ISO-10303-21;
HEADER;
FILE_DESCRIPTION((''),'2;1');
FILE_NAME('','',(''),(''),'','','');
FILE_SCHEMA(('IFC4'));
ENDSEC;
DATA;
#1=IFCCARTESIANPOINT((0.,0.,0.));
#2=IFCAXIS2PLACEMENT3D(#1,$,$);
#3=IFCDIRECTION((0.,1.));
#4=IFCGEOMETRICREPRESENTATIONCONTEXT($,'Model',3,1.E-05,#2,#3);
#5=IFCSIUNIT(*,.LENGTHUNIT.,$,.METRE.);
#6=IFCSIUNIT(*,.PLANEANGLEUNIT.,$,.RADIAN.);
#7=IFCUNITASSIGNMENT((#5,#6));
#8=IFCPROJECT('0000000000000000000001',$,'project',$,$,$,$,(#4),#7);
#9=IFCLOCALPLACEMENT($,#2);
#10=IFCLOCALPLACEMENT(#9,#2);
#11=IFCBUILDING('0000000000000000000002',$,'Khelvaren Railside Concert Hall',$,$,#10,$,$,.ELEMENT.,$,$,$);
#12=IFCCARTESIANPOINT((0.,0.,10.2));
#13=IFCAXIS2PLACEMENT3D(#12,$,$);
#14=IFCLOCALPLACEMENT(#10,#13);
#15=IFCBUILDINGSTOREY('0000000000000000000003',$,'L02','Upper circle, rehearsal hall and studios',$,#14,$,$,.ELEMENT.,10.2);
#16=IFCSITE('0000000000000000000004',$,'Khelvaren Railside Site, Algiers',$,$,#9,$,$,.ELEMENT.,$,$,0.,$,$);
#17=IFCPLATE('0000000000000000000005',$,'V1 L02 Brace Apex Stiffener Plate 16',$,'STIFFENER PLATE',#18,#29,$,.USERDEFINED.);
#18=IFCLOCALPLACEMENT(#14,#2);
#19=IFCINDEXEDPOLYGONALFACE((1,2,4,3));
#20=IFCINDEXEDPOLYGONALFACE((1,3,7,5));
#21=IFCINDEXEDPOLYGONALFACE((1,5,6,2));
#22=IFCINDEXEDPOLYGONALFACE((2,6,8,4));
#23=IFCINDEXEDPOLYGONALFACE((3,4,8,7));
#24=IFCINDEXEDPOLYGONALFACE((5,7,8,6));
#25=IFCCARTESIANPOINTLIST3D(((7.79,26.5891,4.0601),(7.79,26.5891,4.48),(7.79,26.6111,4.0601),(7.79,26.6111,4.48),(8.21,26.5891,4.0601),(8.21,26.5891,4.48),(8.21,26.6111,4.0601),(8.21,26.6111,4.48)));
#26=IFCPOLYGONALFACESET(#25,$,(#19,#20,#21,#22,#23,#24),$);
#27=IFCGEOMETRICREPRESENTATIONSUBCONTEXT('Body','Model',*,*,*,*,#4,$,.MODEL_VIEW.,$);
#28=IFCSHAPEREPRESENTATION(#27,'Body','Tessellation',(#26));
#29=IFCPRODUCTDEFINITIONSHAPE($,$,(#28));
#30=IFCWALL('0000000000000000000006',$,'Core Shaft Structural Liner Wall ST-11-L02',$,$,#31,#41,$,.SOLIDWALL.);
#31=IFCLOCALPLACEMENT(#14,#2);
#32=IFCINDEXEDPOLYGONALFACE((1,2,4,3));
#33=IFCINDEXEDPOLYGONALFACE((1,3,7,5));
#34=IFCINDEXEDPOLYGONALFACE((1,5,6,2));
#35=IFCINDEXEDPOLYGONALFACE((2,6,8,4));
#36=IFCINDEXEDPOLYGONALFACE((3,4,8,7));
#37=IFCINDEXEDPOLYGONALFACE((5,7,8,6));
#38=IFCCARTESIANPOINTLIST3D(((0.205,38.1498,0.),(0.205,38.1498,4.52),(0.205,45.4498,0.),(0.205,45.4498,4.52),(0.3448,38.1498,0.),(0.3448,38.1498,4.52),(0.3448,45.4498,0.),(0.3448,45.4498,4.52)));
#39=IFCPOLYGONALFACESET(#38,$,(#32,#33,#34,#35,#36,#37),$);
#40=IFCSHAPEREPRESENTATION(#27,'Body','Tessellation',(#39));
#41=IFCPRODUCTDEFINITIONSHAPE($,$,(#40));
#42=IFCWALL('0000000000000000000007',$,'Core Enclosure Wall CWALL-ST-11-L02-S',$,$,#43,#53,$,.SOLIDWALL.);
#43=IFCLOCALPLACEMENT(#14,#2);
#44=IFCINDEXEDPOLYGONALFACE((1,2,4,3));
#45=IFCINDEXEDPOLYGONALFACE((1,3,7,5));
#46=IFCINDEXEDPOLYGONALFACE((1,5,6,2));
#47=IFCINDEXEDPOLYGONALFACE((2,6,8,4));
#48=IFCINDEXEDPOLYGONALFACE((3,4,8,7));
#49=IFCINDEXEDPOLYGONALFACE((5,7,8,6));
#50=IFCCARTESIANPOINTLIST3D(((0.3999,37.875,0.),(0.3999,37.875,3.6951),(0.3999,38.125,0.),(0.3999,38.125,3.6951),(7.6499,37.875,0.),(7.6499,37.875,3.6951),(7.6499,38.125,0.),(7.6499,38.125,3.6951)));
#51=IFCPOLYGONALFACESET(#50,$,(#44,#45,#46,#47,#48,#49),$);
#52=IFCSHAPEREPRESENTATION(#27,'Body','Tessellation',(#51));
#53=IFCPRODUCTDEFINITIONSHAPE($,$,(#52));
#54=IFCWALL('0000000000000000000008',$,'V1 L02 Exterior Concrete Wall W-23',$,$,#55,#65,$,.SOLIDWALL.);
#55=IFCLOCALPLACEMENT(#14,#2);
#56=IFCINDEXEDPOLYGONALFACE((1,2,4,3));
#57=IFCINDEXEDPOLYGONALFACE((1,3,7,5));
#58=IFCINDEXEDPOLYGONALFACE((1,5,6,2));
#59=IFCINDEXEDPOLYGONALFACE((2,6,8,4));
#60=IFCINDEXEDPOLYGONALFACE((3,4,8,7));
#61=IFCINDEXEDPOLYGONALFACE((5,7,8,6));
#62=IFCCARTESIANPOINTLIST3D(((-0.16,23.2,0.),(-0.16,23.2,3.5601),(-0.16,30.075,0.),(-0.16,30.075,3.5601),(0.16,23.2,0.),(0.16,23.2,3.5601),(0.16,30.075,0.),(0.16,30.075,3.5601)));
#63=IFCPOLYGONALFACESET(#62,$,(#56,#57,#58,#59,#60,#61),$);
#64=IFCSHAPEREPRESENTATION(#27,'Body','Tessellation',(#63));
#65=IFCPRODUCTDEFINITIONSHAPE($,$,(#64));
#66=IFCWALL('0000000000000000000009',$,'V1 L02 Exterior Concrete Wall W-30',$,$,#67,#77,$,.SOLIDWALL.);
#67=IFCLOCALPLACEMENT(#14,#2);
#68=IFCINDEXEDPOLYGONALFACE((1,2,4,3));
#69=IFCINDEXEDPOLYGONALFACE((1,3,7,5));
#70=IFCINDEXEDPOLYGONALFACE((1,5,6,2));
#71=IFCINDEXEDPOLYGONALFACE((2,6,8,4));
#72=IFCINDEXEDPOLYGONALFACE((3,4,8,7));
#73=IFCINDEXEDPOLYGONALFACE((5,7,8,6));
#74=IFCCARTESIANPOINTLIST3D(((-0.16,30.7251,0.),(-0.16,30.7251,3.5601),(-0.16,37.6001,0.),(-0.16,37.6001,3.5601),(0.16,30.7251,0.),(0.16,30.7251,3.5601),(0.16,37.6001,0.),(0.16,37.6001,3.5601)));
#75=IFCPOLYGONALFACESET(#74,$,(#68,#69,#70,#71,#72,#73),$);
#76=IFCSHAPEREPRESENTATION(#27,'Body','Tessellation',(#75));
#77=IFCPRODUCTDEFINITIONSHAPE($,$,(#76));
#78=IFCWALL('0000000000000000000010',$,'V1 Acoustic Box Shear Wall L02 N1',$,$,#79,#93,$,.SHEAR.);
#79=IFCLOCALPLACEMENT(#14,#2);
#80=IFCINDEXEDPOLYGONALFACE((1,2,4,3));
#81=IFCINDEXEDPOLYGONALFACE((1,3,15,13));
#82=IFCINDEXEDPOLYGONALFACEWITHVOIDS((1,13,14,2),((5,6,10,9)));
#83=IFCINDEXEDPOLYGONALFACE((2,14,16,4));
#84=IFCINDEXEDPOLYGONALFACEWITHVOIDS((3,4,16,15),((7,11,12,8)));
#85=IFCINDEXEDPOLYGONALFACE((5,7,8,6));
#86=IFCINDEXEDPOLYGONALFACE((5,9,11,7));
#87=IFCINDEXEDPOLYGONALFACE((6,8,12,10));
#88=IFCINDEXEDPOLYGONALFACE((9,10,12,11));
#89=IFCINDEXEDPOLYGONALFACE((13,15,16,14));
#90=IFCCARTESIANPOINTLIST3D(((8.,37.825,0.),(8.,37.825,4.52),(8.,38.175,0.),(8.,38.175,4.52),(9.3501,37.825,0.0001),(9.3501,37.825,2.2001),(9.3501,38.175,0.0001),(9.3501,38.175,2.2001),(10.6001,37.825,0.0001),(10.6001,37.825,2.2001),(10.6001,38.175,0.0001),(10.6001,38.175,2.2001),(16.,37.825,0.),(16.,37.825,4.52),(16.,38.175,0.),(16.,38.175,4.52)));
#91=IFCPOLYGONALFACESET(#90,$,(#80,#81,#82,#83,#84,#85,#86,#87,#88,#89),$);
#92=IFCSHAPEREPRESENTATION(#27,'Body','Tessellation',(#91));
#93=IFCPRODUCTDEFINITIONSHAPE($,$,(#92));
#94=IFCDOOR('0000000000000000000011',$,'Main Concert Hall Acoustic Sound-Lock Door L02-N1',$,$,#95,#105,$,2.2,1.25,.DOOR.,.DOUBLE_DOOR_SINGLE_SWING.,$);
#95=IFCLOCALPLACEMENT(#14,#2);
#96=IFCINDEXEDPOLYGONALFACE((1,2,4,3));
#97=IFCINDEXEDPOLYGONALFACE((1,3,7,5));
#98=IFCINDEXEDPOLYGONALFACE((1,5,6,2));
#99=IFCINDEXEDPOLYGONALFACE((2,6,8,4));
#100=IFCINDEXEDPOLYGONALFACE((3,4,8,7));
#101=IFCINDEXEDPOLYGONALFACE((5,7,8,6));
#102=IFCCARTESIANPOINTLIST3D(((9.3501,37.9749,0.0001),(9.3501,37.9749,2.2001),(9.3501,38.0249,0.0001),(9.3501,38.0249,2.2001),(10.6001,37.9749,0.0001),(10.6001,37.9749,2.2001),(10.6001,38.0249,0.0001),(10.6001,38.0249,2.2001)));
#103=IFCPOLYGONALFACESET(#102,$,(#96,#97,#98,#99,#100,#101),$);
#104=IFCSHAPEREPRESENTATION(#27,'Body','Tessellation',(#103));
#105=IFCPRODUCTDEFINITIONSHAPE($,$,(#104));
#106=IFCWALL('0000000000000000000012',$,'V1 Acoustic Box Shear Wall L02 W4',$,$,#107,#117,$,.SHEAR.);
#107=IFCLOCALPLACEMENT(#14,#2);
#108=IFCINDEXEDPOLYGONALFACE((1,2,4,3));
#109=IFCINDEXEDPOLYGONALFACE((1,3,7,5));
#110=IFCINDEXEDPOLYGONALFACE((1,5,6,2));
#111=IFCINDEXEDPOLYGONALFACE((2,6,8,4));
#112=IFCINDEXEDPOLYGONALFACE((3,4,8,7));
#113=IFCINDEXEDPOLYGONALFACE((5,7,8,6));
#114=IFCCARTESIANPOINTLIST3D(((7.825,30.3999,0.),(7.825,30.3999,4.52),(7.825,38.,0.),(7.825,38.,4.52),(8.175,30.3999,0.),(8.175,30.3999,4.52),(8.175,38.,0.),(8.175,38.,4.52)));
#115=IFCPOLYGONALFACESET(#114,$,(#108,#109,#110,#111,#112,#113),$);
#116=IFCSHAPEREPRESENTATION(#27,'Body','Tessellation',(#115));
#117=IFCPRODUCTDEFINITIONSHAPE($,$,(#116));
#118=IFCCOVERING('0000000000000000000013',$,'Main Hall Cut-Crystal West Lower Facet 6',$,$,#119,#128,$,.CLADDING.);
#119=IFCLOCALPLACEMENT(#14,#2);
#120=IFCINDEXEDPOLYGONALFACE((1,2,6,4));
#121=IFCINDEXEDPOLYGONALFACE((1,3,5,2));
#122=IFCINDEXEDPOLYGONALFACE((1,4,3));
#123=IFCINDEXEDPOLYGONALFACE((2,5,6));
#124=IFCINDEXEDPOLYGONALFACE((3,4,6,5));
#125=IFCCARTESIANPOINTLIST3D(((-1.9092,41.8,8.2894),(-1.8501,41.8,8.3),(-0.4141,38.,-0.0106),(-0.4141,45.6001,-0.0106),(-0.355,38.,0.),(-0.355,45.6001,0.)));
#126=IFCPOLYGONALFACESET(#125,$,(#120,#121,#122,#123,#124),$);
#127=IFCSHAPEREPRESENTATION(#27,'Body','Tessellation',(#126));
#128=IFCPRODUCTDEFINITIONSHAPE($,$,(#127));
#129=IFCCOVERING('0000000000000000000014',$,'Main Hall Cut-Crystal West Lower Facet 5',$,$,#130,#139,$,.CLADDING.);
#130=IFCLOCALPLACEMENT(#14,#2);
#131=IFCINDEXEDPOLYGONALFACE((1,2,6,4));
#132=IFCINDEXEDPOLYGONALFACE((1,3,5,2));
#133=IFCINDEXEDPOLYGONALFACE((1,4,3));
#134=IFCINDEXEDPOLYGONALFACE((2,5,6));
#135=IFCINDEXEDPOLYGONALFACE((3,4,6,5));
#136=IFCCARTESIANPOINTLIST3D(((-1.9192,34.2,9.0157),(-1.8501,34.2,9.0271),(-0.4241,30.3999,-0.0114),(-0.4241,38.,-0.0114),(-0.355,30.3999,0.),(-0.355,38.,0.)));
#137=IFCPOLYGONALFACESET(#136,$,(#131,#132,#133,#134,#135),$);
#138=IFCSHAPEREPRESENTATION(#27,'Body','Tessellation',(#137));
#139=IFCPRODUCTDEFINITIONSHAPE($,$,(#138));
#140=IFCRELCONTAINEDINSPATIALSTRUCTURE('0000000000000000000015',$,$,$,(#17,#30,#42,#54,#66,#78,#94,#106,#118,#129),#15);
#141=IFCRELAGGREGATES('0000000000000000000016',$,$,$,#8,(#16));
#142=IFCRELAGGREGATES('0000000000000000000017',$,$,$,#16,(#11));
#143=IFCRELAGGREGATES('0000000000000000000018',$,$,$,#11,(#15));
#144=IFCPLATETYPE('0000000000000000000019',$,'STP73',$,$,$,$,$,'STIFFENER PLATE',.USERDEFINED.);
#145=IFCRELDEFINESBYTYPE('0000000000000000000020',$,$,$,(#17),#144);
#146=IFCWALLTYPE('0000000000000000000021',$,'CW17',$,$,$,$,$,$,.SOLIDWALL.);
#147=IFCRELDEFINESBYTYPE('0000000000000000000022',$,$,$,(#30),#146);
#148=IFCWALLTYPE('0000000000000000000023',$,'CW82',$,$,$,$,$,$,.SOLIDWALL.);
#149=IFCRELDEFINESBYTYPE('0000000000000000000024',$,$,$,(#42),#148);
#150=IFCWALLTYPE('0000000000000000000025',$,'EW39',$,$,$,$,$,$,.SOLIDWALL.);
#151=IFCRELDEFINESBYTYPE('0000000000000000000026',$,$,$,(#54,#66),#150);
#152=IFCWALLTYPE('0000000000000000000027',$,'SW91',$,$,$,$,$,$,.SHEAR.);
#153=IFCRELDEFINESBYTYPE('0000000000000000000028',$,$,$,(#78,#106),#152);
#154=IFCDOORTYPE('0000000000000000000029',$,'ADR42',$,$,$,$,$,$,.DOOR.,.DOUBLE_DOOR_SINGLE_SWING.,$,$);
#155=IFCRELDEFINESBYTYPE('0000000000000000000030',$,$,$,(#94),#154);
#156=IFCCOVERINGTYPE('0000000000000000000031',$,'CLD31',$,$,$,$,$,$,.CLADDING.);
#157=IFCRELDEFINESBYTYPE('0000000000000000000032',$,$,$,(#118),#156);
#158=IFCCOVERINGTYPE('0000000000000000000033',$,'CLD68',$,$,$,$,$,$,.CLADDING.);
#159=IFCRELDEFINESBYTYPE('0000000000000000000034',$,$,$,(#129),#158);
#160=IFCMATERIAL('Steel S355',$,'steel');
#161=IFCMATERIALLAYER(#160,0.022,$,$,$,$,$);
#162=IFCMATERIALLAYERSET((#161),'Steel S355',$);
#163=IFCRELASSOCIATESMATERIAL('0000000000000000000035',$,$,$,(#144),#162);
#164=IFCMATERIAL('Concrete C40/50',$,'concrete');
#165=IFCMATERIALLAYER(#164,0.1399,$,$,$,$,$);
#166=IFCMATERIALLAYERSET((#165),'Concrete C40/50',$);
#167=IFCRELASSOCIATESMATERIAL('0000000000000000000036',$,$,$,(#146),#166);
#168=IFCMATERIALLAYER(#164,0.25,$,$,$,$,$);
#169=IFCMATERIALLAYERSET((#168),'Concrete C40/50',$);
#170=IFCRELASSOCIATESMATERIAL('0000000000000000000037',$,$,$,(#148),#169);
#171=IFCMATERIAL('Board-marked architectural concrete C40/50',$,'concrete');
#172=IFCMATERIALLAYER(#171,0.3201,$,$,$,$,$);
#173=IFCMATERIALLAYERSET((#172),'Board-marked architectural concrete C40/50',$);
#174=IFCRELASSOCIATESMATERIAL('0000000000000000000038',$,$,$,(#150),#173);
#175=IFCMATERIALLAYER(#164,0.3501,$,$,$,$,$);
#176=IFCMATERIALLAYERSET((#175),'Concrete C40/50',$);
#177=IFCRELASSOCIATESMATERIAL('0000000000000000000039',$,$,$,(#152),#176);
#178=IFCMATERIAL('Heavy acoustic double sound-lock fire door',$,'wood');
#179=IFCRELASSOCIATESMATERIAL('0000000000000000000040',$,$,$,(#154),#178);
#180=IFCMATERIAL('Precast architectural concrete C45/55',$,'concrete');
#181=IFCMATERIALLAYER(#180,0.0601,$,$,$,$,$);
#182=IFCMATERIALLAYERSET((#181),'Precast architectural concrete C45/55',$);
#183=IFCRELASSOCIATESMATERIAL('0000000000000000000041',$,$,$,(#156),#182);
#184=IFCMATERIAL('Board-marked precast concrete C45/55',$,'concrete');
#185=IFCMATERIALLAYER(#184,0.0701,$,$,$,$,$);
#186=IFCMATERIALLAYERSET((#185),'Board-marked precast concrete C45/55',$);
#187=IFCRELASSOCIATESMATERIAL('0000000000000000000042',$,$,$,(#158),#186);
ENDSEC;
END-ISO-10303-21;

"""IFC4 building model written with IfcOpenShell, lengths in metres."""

from ifc_helpers import new_model, si_unit, direction, frame, frame_2d, origin, origin_2d, place, context, subcontext, project, spatial, polyline, rectangle, outline, extrude, material, layer, layer_set, type_object, element, fill, save


model = new_model("IFC4")

# Units and contexts
model_context = context("Model", 3, precision=1e-05, world=origin(), true_north=direction((0.0, 1.0)))
body_context = subcontext(model_context, "Body", "Model", "MODEL_VIEW")
ifc_project = project(units=[si_unit("LENGTHUNIT", "METRE"), si_unit("PLANEANGLEUNIT", "RADIAN")], contexts=[model_context])

# Site, building, storey
site_placement = place(None, origin())
site = spatial("IfcSite", under=ifc_project, at=site_placement, Name="Khelvaren Railside Site, Algiers", CompositionType="ELEMENT", RefElevation=0.0)
building_placement = place(site_placement, origin())
building = spatial("IfcBuilding", under=site, at=building_placement, Name="Khelvaren Railside Concert Hall", CompositionType="ELEMENT")
storey_placement = place(building_placement, frame((0.0, 0.0, 10.2)))
storey = spatial("IfcBuildingStorey", under=building, at=storey_placement, Name="L02", Description="Upper circle, rehearsal hall and studios", CompositionType="ELEMENT", Elevation=10.2)

# Shared definitions
ifc_material_1 = material(Name="Steel S355", Category="steel")
ifc_material_2 = material(Name="Concrete C40/50", Category="concrete")

# Plate
ifc_layer_1 = layer(ifc_material_1, 0.022)
ifc_layer_set_1 = layer_set([ifc_layer_1], Name="Steel S355")
plate_type = type_object("IfcPlateType", Name="STP73", ElementType="STIFFENER PLATE", PredefinedType="USERDEFINED", material=ifc_layer_set_1)
plate_placement = place(storey_placement, frame((8.0, 26.6001, 4.0601), z_axis=(0.0, 0.0, 1.0), x_axis=(1.0, 0.0, 0.0)))
element("IfcPlate", 1, at=plate_placement, inside=storey, type_object=plate_type, Name="V1 L02 Brace Apex Stiffener Plate 16", ObjectType="STIFFENER PLATE", PredefinedType="USERDEFINED", context=body_context, shape_type="SweptSolid", body=[
    extrude(rectangle(XDim=0.4199, YDim=0.022, at=origin_2d()), origin(), (0.0, 0.0, 1.0), 0.4199),
])

# Walls
ifc_layer_2 = layer(ifc_material_2, 0.1399)
ifc_layer_set_2 = layer_set([ifc_layer_2], Name="Concrete C40/50")
wall_type_1 = type_object("IfcWallType", Name="CW17", PredefinedType="SOLIDWALL", material=ifc_layer_set_2)
wall_1_placement = place(storey_placement, frame((0.2749, 38.1499, 0.0), z_axis=(0.0, 0.0, 1.0), x_axis=(0.0, 1.0, 0.0)))
element("IfcWall", 2, at=wall_1_placement, inside=storey, type_object=wall_type_1, Name="Core Shaft Structural Liner Wall ST-11-L02", PredefinedType="SOLIDWALL", context=body_context, shape_type="SweptSolid", body=[
    extrude(rectangle(XDim=7.3, YDim=0.1399, at=frame_2d((3.6499, 0.0))), origin(), (0.0, 0.0, 1.0), 4.52),
])
ifc_layer_3 = layer(ifc_material_2, 0.25)
ifc_layer_set_3 = layer_set([ifc_layer_3], Name="Concrete C40/50")
wall_type_2 = type_object("IfcWallType", Name="CW82", PredefinedType="SOLIDWALL", material=ifc_layer_set_3)
wall_2_placement = place(storey_placement, frame((0.3999, 38.0, 0.0), z_axis=(0.0, 0.0, 1.0), x_axis=(1.0, 0.0, 0.0)))
element("IfcWall", 3, at=wall_2_placement, inside=storey, type_object=wall_type_2, Name="Core Enclosure Wall CWALL-ST-11-L02-S", PredefinedType="SOLIDWALL", context=body_context, shape_type="SweptSolid", body=[
    extrude(rectangle(XDim=7.25, YDim=0.25, at=frame_2d((3.625, 0.0))), origin(), (0.0, 0.0, 1.0), 3.6951),
])
ifc_material_3 = material(Name="Board-marked architectural concrete C40/50", Category="concrete")
ifc_layer_4 = layer(ifc_material_3, 0.3201)
ifc_layer_set_4 = layer_set([ifc_layer_4], Name="Board-marked architectural concrete C40/50")
wall_type_3 = type_object("IfcWallType", Name="EW39", PredefinedType="SOLIDWALL", material=ifc_layer_set_4)
for number, where, z_axis, x_axis, name in (
    (4, (0.0, 23.2, 0.0), (0.0, 0.0, 1.0), (0.0, 1.0, 0.0), "V1 L02 Exterior Concrete Wall W-23"),
    (5, (0.0, 30.7251, 0.0), (0.0, 0.0, 1.0), (0.0, 1.0, 0.0), "V1 L02 Exterior Concrete Wall W-30"),
):
    element("IfcWall", number, at=place(storey_placement, frame(where, z_axis=z_axis, x_axis=x_axis)), inside=storey, type_object=wall_type_3, Name=name, PredefinedType="SOLIDWALL", context=body_context, shape_type="SweptSolid", body=[
        extrude(rectangle(XDim=6.875, YDim=0.3201, at=frame_2d((3.4375, 0.0))), origin(), (0.0, 0.0, 1.0), 3.5601),
    ])

# Wall, opening, door
ifc_layer_5 = layer(ifc_material_2, 0.3501)
ifc_layer_set_5 = layer_set([ifc_layer_5], Name="Concrete C40/50")
wall_type_4 = type_object("IfcWallType", Name="SW91", PredefinedType="SHEAR", material=ifc_layer_set_5)
wall_3_placement = place(storey_placement, frame((8.0, 38.0, 0.0), z_axis=(0.0, 0.0, 1.0), x_axis=(1.0, 0.0, 0.0)))
wall_3 = element("IfcWall", 6, at=wall_3_placement, inside=storey, type_object=wall_type_4, Name="V1 Acoustic Box Shear Wall L02 N1", PredefinedType="SHEAR", context=body_context, shape_type="SweptSolid", body=[
    extrude(rectangle(XDim=8.0, YDim=0.3501, at=frame_2d((4.0, 0.0))), origin(), (0.0, 0.0, 1.0), 4.52),
])
opening_placement = place(wall_3_placement, frame((1.3501, 0.0, 0.0)))
opening = element("IfcOpeningElement", 7, at=opening_placement, cuts=wall_3, PredefinedType="OPENING", context=body_context, shape_type="SweptSolid", body=[
    extrude(rectangle(XDim=1.25, YDim=2.2, at=frame_2d((0.625, 1.1001))), frame((0.0, 0.1851, 0.0), z_axis=(0.0, -1.0, 0.0), x_axis=(1.0, 0.0, 0.0)), (0.0, 0.0, 1.0), 0.3701),
])
ifc_material_4 = material(Name="Heavy acoustic double sound-lock fire door", Category="wood")
door_type = type_object("IfcDoorType", Name="ADR42", OperationType="DOUBLE_DOOR_SINGLE_SWING", PredefinedType="DOOR", material=ifc_material_4)
door_placement = place(opening_placement, origin())
door = element("IfcDoor", 8, at=door_placement, inside=storey, type_object=door_type, Name="Main Concert Hall Acoustic Sound-Lock Door L02-N1", OperationType="DOUBLE_DOOR_SINGLE_SWING", OverallHeight=2.2, OverallWidth=1.25, PredefinedType="DOOR", context=body_context, shape_type="SweptSolid", body=[
    extrude(rectangle(XDim=1.25, YDim=2.2, at=frame_2d((0.625, 1.1001))), frame((0.0, 0.0249, 0.0), z_axis=(0.0, -1.0, 0.0), x_axis=(1.0, 0.0, 0.0)), (0.0, 0.0, 1.0), 0.05),
])
fill(opening, door)

# Wall
wall_4_placement = place(storey_placement, frame((8.0, 30.3999, 0.0), z_axis=(0.0, 0.0, 1.0), x_axis=(0.0, 1.0, 0.0)))
element("IfcWall", 9, at=wall_4_placement, inside=storey, type_object=wall_type_4, Name="V1 Acoustic Box Shear Wall L02 W4", PredefinedType="SHEAR", context=body_context, shape_type="SweptSolid", body=[
    extrude(rectangle(XDim=7.6001, YDim=0.3501, at=frame_2d((3.8, 0.0))), origin(), (0.0, 0.0, 1.0), 4.52),
])

# Coverings
ifc_material_5 = material(Name="Precast architectural concrete C45/55", Category="concrete")
ifc_layer_6 = layer(ifc_material_5, 0.0601)
ifc_layer_set_6 = layer_set([ifc_layer_6], Name="Precast architectural concrete C45/55")
covering_type_1 = type_object("IfcCoveringType", Name="CLD31", PredefinedType="CLADDING", material=ifc_layer_set_6)
covering_1_placement = place(storey_placement, frame((-0.355, 38.0, 0.0), z_axis=(0.98416, 0.0, 0.17728), x_axis=(0.0, 1.0, 0.0)))
element("IfcCovering", 10, at=covering_1_placement, inside=storey, type_object=covering_type_1, Name="Main Hall Cut-Crystal West Lower Facet 6", PredefinedType="CLADDING", context=body_context, shape_type="SweptSolid", body=[
    extrude(outline(polyline([(0.0, 0.0), (7.6001, 0.0), (3.8, 8.4336), (0.0, 0.0)])), origin(), (0.0, 0.0, -1.0), 0.0601),
])
ifc_material_6 = material(Name="Board-marked precast concrete C45/55", Category="concrete")
ifc_layer_7 = layer(ifc_material_6, 0.0701)
ifc_layer_set_7 = layer_set([ifc_layer_7], Name="Board-marked precast concrete C45/55")
covering_type_2 = type_object("IfcCoveringType", Name="CLD68", PredefinedType="CLADDING", material=ifc_layer_set_7)
covering_2_placement = place(storey_placement, frame((-0.355, 30.3999, 0.0), z_axis=(0.98656, 0.0, 0.163399), x_axis=(0.0, 1.0, 0.0)))
element("IfcCovering", 11, at=covering_2_placement, inside=storey, type_object=covering_type_2, Name="Main Hall Cut-Crystal West Lower Facet 5", PredefinedType="CLADDING", context=body_context, shape_type="SweptSolid", body=[
    extrude(outline(polyline([(0.0, 0.0), (7.6001, 0.0), (3.8, 9.1501), (0.0, 0.0)])), origin(), (0.0, 0.0, -1.0), 0.0701),
])

save(model, "model.ifc")
